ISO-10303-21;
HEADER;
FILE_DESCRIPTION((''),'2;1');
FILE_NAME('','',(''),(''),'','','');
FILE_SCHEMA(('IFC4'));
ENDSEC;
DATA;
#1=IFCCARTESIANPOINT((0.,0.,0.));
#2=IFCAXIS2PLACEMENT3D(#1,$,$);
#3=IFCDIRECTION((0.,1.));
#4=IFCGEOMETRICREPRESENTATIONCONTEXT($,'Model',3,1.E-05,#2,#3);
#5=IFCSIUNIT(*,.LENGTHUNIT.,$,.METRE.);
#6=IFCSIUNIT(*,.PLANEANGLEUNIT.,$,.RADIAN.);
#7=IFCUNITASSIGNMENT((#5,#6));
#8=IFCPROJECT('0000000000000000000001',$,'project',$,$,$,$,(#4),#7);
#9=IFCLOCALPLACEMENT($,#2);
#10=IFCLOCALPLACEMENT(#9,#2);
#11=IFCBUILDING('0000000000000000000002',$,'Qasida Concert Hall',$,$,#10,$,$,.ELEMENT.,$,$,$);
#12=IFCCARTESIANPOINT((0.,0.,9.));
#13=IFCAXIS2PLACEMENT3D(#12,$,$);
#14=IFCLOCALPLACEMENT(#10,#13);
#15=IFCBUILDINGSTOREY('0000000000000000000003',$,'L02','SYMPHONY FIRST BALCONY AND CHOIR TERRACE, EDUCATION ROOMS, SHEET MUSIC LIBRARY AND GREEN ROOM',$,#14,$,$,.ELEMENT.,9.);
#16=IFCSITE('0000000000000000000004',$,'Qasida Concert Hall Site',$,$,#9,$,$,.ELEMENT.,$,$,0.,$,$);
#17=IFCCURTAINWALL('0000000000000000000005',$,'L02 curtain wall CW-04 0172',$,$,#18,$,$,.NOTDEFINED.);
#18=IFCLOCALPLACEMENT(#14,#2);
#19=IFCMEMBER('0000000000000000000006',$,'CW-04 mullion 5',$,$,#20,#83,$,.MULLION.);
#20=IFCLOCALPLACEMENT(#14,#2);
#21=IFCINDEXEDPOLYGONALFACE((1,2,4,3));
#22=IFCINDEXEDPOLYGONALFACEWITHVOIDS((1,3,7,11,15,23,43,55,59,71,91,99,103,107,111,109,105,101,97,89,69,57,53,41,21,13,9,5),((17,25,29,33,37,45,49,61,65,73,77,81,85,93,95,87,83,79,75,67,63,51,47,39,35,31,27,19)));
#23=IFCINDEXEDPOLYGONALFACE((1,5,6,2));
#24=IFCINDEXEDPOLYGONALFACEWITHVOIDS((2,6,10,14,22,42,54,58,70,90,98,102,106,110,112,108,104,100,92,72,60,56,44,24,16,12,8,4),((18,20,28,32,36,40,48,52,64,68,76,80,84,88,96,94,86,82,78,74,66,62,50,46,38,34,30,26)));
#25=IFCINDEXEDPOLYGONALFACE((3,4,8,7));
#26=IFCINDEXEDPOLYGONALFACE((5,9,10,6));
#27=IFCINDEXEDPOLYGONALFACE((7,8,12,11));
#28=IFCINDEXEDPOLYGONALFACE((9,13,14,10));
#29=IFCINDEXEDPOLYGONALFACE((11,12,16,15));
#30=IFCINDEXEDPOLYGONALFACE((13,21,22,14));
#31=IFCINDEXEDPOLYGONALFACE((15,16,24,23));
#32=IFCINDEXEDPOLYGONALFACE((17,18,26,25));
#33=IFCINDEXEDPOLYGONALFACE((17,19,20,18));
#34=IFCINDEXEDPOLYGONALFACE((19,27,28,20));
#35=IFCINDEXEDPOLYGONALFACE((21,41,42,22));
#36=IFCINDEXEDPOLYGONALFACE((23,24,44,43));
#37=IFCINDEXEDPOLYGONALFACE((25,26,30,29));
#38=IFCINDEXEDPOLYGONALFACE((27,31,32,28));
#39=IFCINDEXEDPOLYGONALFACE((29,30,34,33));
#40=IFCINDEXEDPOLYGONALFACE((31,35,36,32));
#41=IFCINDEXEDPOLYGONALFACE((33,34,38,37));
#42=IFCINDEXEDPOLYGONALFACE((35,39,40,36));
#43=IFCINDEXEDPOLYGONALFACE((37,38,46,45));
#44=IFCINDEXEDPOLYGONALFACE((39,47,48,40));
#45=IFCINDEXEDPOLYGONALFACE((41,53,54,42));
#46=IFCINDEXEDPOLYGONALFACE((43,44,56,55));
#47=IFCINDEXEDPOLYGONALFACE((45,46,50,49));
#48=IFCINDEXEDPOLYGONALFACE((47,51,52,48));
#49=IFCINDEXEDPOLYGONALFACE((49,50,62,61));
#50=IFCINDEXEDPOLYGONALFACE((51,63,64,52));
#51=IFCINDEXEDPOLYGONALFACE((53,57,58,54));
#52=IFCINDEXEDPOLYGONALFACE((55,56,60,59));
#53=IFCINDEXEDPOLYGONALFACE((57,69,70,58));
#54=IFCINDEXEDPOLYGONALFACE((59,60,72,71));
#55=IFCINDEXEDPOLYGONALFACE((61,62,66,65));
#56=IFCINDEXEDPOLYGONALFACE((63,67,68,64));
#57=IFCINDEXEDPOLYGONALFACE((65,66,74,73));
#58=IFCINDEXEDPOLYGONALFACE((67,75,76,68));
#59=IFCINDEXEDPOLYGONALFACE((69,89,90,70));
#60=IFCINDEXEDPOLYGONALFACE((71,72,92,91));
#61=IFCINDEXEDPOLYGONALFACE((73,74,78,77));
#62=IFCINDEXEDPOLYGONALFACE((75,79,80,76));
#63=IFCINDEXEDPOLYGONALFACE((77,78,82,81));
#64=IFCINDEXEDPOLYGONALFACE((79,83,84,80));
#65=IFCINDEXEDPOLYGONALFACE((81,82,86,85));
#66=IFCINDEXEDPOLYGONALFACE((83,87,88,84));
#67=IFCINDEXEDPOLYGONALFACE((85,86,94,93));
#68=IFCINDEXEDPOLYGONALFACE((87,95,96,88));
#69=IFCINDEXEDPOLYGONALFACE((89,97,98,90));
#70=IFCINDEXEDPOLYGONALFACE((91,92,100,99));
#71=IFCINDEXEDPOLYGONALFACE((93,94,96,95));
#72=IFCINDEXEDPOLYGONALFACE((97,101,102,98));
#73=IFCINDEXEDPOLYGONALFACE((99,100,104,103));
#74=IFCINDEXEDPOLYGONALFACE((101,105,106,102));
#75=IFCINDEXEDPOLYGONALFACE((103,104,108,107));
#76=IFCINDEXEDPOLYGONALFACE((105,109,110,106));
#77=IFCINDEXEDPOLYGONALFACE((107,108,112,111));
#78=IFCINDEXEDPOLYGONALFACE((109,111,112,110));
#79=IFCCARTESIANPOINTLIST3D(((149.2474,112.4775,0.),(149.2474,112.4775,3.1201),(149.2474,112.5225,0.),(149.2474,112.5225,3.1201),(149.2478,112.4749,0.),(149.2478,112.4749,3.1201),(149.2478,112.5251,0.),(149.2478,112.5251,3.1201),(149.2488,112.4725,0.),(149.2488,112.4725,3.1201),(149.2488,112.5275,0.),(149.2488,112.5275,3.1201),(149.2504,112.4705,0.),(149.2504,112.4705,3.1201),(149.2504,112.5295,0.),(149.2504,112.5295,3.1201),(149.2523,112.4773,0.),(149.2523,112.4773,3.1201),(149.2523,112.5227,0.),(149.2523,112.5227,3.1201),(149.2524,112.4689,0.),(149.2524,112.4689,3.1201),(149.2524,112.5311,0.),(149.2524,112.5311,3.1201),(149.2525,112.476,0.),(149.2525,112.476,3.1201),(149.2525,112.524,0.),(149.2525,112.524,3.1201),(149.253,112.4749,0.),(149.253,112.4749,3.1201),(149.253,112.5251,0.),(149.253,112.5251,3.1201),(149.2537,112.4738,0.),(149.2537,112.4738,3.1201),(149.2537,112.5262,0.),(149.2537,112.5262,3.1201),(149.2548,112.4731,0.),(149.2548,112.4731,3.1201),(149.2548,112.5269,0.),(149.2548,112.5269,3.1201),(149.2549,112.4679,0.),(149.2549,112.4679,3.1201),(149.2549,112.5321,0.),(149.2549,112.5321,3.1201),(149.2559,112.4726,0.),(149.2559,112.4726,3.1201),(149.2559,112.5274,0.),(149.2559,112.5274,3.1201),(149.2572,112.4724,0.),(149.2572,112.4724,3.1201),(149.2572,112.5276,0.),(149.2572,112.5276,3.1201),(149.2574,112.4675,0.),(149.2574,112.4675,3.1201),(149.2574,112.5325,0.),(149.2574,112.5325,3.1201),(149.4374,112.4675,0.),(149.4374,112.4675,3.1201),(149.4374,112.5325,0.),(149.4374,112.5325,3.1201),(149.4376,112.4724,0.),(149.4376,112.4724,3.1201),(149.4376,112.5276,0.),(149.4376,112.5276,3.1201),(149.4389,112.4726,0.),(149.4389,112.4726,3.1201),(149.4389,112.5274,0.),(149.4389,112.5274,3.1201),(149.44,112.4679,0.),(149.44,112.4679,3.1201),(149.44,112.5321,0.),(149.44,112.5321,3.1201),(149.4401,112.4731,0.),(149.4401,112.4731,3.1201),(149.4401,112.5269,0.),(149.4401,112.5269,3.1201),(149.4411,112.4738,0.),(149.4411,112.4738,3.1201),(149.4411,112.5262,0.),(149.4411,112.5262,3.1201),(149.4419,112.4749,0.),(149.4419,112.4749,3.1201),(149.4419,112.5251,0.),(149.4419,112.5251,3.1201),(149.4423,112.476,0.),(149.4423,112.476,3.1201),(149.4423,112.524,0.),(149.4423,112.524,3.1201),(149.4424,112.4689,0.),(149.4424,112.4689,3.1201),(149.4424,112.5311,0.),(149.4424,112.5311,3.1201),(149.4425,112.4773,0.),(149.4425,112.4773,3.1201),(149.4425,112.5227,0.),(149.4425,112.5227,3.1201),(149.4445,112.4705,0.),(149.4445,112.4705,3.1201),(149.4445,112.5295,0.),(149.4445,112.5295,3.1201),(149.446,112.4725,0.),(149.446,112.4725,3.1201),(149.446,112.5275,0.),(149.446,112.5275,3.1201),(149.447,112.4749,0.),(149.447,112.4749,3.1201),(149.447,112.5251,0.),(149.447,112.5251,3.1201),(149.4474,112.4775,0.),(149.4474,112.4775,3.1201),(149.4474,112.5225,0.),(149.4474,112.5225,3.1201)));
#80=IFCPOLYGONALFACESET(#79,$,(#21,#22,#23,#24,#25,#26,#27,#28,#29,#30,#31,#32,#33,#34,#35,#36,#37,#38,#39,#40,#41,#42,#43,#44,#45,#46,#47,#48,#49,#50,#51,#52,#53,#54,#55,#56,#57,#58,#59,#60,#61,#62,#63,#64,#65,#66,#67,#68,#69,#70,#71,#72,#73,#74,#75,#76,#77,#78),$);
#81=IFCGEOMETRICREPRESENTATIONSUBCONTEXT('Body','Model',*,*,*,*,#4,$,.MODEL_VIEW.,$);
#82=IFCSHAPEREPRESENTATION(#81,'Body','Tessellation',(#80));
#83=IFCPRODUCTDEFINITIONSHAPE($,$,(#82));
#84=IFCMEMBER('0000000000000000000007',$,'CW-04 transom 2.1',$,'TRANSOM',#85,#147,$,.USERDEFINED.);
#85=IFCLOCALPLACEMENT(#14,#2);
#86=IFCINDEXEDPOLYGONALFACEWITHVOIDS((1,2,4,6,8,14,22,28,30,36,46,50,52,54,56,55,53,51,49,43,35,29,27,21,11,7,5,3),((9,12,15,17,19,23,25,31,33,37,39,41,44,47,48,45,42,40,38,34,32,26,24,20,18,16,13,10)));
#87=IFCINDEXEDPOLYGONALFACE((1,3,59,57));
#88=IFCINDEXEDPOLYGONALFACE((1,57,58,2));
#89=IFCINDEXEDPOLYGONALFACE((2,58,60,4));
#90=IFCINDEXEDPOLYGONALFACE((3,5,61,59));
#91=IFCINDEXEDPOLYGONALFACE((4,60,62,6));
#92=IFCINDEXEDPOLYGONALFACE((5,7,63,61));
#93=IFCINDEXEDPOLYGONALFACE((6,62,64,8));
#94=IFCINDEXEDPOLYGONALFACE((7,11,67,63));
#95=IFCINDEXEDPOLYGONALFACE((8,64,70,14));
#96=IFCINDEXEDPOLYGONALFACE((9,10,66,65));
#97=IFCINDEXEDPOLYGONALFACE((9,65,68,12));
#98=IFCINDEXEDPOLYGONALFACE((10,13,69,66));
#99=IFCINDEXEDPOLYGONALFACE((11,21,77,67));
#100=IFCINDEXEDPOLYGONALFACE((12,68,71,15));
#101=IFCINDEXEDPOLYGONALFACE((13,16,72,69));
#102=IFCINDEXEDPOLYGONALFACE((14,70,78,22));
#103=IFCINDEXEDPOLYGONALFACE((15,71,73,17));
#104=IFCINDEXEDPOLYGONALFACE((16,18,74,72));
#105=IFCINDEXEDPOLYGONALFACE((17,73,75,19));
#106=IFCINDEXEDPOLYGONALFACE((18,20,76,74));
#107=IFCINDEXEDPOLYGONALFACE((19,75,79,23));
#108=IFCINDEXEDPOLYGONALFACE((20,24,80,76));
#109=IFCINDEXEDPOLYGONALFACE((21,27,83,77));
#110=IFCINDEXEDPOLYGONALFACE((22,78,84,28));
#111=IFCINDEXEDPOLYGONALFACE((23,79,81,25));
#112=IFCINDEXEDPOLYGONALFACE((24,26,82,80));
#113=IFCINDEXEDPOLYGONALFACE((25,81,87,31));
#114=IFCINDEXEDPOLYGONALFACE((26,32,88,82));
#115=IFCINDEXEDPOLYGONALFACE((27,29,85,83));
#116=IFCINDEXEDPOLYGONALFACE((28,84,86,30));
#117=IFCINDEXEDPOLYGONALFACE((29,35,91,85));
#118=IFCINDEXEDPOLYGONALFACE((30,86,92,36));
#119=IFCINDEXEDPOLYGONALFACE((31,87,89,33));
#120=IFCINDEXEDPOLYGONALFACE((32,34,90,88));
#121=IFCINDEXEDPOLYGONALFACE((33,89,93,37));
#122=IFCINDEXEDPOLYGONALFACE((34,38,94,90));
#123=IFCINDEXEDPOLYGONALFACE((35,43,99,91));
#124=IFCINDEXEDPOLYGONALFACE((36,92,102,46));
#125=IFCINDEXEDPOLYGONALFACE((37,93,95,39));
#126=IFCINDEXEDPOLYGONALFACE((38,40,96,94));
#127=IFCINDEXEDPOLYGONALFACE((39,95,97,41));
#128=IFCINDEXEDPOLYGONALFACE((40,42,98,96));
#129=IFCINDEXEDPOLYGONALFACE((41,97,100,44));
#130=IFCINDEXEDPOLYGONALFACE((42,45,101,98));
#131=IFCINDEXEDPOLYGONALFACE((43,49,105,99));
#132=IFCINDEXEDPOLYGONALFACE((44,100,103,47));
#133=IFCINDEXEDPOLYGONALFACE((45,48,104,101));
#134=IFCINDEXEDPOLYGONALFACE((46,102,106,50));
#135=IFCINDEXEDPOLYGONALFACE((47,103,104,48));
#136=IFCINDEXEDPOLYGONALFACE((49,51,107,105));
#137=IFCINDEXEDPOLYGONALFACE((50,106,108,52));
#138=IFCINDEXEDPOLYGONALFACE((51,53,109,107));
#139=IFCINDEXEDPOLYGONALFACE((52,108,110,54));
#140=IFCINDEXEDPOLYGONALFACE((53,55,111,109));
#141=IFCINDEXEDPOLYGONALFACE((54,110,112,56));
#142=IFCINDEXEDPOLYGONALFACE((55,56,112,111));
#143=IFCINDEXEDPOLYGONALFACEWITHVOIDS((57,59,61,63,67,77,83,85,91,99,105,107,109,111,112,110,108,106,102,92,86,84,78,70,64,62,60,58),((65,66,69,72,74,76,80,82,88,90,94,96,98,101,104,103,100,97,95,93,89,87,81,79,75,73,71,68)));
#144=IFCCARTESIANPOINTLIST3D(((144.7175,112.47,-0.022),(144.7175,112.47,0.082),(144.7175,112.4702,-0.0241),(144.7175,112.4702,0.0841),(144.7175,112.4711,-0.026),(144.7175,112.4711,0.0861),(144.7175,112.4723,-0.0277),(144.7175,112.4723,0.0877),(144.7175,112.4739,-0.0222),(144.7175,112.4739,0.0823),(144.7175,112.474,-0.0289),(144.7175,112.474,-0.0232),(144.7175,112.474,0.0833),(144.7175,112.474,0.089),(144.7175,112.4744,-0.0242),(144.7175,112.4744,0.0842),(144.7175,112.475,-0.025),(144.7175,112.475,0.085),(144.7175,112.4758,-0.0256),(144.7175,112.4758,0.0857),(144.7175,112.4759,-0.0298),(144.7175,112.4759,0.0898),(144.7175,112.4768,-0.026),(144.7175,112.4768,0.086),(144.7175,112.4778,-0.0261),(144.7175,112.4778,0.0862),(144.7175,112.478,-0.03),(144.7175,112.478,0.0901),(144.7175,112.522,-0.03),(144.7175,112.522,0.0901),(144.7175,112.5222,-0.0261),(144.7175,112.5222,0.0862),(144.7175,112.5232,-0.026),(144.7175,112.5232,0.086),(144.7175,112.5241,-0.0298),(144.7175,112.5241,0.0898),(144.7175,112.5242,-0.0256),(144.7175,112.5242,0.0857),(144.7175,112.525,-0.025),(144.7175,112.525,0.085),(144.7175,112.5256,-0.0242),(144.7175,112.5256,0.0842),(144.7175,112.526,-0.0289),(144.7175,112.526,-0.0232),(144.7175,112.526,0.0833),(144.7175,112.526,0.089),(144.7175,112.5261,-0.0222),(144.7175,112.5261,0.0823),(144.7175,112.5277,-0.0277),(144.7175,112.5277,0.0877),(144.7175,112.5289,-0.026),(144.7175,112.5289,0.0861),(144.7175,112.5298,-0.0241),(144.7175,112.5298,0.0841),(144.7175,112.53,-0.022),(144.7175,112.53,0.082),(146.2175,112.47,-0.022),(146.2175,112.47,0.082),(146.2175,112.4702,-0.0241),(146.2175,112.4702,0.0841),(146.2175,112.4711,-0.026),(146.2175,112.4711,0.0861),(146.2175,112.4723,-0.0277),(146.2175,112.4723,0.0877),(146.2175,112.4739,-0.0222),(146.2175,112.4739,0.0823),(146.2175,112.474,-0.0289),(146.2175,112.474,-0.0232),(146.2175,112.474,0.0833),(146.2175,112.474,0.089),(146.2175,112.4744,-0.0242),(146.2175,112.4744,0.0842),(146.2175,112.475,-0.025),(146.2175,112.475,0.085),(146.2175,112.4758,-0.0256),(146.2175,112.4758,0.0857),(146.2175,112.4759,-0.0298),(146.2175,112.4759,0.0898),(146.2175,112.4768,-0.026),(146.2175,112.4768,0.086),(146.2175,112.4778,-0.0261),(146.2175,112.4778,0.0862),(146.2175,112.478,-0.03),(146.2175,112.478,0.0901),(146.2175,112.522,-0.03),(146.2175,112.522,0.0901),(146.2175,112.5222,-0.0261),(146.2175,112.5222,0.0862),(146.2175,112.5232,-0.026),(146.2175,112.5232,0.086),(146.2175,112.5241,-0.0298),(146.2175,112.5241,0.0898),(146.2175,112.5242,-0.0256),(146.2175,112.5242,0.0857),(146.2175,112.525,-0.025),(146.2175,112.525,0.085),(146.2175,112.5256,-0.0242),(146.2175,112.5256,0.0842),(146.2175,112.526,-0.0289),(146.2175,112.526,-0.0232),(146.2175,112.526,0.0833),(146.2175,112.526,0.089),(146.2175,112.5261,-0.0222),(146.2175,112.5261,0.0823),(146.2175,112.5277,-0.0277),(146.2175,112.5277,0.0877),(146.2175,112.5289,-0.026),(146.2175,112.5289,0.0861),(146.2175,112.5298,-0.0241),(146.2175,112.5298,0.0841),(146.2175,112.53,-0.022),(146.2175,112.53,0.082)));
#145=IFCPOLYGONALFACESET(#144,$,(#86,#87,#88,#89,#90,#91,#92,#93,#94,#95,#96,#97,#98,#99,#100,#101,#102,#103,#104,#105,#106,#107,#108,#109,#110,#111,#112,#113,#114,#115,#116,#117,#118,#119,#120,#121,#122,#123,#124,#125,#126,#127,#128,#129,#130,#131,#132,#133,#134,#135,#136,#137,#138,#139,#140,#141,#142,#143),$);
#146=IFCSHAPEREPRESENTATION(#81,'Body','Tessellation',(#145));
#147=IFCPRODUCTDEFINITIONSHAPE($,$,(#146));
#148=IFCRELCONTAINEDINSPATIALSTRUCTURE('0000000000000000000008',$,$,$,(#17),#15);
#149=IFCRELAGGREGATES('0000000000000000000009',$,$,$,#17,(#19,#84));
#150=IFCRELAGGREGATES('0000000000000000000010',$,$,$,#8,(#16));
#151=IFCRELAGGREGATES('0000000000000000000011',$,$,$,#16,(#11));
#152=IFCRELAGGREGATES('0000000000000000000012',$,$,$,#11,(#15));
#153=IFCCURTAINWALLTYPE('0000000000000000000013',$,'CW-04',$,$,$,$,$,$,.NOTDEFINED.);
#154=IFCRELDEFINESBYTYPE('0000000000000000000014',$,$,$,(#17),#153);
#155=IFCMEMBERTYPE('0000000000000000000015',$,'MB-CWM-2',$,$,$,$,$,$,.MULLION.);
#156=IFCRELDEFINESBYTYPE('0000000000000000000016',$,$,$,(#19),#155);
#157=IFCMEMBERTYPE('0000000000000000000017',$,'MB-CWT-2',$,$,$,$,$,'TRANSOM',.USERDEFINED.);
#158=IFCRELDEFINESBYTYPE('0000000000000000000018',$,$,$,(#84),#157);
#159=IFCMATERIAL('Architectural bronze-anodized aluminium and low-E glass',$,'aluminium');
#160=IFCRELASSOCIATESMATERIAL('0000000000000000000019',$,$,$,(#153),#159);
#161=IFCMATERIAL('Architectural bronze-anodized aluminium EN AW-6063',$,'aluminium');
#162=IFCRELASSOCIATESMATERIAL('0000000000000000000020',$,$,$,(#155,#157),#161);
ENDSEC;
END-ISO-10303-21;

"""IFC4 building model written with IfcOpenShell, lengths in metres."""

from ifc_helpers import new_model, si_unit, direction, frame, origin, origin_2d, place, context, subcontext, project, spatial, hollow_rectangle, extrude, material, material_profile, profile_set, type_object, element, aggregate, save


model = new_model("IFC4")

# Units and contexts
model_context = context("Model", 3, precision=1e-05, world=origin(), true_north=direction((0.0, 1.0)))
body_context = subcontext(model_context, "Body", "Model", "MODEL_VIEW")
ifc_project = project(units=[si_unit("LENGTHUNIT", "METRE"), si_unit("PLANEANGLEUNIT", "RADIAN")], contexts=[model_context])

# Site, building, storey
site_placement = place(None, origin())
site = spatial("IfcSite", under=ifc_project, at=site_placement, Name="Qasida Concert Hall Site", CompositionType="ELEMENT", RefElevation=0.0)
building_placement = place(site_placement, origin())
building = spatial("IfcBuilding", under=site, at=building_placement, Name="Qasida Concert Hall", CompositionType="ELEMENT")
storey_placement = place(building_placement, frame((0.0, 0.0, 9.0)))
storey = spatial("IfcBuildingStorey", under=building, at=storey_placement, Name="L02", Description="SYMPHONY FIRST BALCONY AND CHOIR TERRACE, EDUCATION ROOMS, SHEET MUSIC LIBRARY AND GREEN ROOM", CompositionType="ELEMENT", Elevation=9.0)

# Curtain wall, members
ifc_material_1 = material(Name="Architectural bronze-anodized aluminium and low-E glass", Category="aluminium")
curtain_wall_type = type_object("IfcCurtainWallType", Name="CW-04", PredefinedType="NOTDEFINED", material=ifc_material_1)
curtain_wall_placement = place(storey_placement, origin())
curtain_wall = element("IfcCurtainWall", 1, at=curtain_wall_placement, inside=storey, type_object=curtain_wall_type, Name="L02 curtain wall CW-04 0172", PredefinedType="NOTDEFINED")
ifc_material_2 = material(Name="Architectural bronze-anodized aluminium EN AW-6063", Category="aluminium")
ifc_material_profile_1 = material_profile(ifc_material_2, hollow_rectangle(XDim=0.0649, YDim=0.2, WallThickness=0.0049, InnerFilletRadius=0.0049, OuterFilletRadius=0.01, at=origin_2d()), Name="CWM 200x65x5")
ifc_profile_set_1 = profile_set([ifc_material_profile_1], Name="Architectural bronze-anodized aluminium EN AW-6063")
member_type_1 = type_object("IfcMemberType", Name="MB-CWM-2", PredefinedType="MULLION", material=ifc_profile_set_1)
member_1_placement = place(storey_placement, frame((149.3474, 112.5, 0.0), z_axis=(0.0, 0.0, 1.0), x_axis=(0.0, 1.0, 0.0)))
member_1 = element("IfcMember", 2, at=member_1_placement, type_object=member_type_1, Name="CW-04 mullion 5", PredefinedType="MULLION", context=body_context, shape_type="SweptSolid", body=[
    extrude(hollow_rectangle(XDim=0.0649, YDim=0.2, WallThickness=0.0049, InnerFilletRadius=0.0049, OuterFilletRadius=0.01, at=origin_2d()), origin(), (0.0, 0.0, 1.0), 3.1201),
])
ifc_material_profile_2 = material_profile(ifc_material_2, hollow_rectangle(XDim=0.0601, YDim=0.1201, WallThickness=0.0039, InnerFilletRadius=0.0039, OuterFilletRadius=0.0081, at=origin_2d()), Name="CWT 120x60x4")
ifc_profile_set_2 = profile_set([ifc_material_profile_2], Name="Architectural bronze-anodized aluminium EN AW-6063")
member_type_2 = type_object("IfcMemberType", Name="MB-CWT-2", ElementType="TRANSOM", PredefinedType="USERDEFINED", material=ifc_profile_set_2)
member_2_placement = place(storey_placement, frame((144.7175, 112.5, 0.03), z_axis=(1.0, 0.0, 0.0), x_axis=(0.0, 1.0, 0.0)))
member_2 = element("IfcMember", 3, at=member_2_placement, type_object=member_type_2, Name="CW-04 transom 2.1", ObjectType="TRANSOM", PredefinedType="USERDEFINED", context=body_context, shape_type="SweptSolid", body=[
    extrude(hollow_rectangle(XDim=0.0601, YDim=0.1201, WallThickness=0.0039, InnerFilletRadius=0.0039, OuterFilletRadius=0.0081, at=origin_2d()), origin(), (0.0, 0.0, 1.0), 1.5),
])
aggregate(curtain_wall, [member_1, member_2])

save(model, "model.ifc")
